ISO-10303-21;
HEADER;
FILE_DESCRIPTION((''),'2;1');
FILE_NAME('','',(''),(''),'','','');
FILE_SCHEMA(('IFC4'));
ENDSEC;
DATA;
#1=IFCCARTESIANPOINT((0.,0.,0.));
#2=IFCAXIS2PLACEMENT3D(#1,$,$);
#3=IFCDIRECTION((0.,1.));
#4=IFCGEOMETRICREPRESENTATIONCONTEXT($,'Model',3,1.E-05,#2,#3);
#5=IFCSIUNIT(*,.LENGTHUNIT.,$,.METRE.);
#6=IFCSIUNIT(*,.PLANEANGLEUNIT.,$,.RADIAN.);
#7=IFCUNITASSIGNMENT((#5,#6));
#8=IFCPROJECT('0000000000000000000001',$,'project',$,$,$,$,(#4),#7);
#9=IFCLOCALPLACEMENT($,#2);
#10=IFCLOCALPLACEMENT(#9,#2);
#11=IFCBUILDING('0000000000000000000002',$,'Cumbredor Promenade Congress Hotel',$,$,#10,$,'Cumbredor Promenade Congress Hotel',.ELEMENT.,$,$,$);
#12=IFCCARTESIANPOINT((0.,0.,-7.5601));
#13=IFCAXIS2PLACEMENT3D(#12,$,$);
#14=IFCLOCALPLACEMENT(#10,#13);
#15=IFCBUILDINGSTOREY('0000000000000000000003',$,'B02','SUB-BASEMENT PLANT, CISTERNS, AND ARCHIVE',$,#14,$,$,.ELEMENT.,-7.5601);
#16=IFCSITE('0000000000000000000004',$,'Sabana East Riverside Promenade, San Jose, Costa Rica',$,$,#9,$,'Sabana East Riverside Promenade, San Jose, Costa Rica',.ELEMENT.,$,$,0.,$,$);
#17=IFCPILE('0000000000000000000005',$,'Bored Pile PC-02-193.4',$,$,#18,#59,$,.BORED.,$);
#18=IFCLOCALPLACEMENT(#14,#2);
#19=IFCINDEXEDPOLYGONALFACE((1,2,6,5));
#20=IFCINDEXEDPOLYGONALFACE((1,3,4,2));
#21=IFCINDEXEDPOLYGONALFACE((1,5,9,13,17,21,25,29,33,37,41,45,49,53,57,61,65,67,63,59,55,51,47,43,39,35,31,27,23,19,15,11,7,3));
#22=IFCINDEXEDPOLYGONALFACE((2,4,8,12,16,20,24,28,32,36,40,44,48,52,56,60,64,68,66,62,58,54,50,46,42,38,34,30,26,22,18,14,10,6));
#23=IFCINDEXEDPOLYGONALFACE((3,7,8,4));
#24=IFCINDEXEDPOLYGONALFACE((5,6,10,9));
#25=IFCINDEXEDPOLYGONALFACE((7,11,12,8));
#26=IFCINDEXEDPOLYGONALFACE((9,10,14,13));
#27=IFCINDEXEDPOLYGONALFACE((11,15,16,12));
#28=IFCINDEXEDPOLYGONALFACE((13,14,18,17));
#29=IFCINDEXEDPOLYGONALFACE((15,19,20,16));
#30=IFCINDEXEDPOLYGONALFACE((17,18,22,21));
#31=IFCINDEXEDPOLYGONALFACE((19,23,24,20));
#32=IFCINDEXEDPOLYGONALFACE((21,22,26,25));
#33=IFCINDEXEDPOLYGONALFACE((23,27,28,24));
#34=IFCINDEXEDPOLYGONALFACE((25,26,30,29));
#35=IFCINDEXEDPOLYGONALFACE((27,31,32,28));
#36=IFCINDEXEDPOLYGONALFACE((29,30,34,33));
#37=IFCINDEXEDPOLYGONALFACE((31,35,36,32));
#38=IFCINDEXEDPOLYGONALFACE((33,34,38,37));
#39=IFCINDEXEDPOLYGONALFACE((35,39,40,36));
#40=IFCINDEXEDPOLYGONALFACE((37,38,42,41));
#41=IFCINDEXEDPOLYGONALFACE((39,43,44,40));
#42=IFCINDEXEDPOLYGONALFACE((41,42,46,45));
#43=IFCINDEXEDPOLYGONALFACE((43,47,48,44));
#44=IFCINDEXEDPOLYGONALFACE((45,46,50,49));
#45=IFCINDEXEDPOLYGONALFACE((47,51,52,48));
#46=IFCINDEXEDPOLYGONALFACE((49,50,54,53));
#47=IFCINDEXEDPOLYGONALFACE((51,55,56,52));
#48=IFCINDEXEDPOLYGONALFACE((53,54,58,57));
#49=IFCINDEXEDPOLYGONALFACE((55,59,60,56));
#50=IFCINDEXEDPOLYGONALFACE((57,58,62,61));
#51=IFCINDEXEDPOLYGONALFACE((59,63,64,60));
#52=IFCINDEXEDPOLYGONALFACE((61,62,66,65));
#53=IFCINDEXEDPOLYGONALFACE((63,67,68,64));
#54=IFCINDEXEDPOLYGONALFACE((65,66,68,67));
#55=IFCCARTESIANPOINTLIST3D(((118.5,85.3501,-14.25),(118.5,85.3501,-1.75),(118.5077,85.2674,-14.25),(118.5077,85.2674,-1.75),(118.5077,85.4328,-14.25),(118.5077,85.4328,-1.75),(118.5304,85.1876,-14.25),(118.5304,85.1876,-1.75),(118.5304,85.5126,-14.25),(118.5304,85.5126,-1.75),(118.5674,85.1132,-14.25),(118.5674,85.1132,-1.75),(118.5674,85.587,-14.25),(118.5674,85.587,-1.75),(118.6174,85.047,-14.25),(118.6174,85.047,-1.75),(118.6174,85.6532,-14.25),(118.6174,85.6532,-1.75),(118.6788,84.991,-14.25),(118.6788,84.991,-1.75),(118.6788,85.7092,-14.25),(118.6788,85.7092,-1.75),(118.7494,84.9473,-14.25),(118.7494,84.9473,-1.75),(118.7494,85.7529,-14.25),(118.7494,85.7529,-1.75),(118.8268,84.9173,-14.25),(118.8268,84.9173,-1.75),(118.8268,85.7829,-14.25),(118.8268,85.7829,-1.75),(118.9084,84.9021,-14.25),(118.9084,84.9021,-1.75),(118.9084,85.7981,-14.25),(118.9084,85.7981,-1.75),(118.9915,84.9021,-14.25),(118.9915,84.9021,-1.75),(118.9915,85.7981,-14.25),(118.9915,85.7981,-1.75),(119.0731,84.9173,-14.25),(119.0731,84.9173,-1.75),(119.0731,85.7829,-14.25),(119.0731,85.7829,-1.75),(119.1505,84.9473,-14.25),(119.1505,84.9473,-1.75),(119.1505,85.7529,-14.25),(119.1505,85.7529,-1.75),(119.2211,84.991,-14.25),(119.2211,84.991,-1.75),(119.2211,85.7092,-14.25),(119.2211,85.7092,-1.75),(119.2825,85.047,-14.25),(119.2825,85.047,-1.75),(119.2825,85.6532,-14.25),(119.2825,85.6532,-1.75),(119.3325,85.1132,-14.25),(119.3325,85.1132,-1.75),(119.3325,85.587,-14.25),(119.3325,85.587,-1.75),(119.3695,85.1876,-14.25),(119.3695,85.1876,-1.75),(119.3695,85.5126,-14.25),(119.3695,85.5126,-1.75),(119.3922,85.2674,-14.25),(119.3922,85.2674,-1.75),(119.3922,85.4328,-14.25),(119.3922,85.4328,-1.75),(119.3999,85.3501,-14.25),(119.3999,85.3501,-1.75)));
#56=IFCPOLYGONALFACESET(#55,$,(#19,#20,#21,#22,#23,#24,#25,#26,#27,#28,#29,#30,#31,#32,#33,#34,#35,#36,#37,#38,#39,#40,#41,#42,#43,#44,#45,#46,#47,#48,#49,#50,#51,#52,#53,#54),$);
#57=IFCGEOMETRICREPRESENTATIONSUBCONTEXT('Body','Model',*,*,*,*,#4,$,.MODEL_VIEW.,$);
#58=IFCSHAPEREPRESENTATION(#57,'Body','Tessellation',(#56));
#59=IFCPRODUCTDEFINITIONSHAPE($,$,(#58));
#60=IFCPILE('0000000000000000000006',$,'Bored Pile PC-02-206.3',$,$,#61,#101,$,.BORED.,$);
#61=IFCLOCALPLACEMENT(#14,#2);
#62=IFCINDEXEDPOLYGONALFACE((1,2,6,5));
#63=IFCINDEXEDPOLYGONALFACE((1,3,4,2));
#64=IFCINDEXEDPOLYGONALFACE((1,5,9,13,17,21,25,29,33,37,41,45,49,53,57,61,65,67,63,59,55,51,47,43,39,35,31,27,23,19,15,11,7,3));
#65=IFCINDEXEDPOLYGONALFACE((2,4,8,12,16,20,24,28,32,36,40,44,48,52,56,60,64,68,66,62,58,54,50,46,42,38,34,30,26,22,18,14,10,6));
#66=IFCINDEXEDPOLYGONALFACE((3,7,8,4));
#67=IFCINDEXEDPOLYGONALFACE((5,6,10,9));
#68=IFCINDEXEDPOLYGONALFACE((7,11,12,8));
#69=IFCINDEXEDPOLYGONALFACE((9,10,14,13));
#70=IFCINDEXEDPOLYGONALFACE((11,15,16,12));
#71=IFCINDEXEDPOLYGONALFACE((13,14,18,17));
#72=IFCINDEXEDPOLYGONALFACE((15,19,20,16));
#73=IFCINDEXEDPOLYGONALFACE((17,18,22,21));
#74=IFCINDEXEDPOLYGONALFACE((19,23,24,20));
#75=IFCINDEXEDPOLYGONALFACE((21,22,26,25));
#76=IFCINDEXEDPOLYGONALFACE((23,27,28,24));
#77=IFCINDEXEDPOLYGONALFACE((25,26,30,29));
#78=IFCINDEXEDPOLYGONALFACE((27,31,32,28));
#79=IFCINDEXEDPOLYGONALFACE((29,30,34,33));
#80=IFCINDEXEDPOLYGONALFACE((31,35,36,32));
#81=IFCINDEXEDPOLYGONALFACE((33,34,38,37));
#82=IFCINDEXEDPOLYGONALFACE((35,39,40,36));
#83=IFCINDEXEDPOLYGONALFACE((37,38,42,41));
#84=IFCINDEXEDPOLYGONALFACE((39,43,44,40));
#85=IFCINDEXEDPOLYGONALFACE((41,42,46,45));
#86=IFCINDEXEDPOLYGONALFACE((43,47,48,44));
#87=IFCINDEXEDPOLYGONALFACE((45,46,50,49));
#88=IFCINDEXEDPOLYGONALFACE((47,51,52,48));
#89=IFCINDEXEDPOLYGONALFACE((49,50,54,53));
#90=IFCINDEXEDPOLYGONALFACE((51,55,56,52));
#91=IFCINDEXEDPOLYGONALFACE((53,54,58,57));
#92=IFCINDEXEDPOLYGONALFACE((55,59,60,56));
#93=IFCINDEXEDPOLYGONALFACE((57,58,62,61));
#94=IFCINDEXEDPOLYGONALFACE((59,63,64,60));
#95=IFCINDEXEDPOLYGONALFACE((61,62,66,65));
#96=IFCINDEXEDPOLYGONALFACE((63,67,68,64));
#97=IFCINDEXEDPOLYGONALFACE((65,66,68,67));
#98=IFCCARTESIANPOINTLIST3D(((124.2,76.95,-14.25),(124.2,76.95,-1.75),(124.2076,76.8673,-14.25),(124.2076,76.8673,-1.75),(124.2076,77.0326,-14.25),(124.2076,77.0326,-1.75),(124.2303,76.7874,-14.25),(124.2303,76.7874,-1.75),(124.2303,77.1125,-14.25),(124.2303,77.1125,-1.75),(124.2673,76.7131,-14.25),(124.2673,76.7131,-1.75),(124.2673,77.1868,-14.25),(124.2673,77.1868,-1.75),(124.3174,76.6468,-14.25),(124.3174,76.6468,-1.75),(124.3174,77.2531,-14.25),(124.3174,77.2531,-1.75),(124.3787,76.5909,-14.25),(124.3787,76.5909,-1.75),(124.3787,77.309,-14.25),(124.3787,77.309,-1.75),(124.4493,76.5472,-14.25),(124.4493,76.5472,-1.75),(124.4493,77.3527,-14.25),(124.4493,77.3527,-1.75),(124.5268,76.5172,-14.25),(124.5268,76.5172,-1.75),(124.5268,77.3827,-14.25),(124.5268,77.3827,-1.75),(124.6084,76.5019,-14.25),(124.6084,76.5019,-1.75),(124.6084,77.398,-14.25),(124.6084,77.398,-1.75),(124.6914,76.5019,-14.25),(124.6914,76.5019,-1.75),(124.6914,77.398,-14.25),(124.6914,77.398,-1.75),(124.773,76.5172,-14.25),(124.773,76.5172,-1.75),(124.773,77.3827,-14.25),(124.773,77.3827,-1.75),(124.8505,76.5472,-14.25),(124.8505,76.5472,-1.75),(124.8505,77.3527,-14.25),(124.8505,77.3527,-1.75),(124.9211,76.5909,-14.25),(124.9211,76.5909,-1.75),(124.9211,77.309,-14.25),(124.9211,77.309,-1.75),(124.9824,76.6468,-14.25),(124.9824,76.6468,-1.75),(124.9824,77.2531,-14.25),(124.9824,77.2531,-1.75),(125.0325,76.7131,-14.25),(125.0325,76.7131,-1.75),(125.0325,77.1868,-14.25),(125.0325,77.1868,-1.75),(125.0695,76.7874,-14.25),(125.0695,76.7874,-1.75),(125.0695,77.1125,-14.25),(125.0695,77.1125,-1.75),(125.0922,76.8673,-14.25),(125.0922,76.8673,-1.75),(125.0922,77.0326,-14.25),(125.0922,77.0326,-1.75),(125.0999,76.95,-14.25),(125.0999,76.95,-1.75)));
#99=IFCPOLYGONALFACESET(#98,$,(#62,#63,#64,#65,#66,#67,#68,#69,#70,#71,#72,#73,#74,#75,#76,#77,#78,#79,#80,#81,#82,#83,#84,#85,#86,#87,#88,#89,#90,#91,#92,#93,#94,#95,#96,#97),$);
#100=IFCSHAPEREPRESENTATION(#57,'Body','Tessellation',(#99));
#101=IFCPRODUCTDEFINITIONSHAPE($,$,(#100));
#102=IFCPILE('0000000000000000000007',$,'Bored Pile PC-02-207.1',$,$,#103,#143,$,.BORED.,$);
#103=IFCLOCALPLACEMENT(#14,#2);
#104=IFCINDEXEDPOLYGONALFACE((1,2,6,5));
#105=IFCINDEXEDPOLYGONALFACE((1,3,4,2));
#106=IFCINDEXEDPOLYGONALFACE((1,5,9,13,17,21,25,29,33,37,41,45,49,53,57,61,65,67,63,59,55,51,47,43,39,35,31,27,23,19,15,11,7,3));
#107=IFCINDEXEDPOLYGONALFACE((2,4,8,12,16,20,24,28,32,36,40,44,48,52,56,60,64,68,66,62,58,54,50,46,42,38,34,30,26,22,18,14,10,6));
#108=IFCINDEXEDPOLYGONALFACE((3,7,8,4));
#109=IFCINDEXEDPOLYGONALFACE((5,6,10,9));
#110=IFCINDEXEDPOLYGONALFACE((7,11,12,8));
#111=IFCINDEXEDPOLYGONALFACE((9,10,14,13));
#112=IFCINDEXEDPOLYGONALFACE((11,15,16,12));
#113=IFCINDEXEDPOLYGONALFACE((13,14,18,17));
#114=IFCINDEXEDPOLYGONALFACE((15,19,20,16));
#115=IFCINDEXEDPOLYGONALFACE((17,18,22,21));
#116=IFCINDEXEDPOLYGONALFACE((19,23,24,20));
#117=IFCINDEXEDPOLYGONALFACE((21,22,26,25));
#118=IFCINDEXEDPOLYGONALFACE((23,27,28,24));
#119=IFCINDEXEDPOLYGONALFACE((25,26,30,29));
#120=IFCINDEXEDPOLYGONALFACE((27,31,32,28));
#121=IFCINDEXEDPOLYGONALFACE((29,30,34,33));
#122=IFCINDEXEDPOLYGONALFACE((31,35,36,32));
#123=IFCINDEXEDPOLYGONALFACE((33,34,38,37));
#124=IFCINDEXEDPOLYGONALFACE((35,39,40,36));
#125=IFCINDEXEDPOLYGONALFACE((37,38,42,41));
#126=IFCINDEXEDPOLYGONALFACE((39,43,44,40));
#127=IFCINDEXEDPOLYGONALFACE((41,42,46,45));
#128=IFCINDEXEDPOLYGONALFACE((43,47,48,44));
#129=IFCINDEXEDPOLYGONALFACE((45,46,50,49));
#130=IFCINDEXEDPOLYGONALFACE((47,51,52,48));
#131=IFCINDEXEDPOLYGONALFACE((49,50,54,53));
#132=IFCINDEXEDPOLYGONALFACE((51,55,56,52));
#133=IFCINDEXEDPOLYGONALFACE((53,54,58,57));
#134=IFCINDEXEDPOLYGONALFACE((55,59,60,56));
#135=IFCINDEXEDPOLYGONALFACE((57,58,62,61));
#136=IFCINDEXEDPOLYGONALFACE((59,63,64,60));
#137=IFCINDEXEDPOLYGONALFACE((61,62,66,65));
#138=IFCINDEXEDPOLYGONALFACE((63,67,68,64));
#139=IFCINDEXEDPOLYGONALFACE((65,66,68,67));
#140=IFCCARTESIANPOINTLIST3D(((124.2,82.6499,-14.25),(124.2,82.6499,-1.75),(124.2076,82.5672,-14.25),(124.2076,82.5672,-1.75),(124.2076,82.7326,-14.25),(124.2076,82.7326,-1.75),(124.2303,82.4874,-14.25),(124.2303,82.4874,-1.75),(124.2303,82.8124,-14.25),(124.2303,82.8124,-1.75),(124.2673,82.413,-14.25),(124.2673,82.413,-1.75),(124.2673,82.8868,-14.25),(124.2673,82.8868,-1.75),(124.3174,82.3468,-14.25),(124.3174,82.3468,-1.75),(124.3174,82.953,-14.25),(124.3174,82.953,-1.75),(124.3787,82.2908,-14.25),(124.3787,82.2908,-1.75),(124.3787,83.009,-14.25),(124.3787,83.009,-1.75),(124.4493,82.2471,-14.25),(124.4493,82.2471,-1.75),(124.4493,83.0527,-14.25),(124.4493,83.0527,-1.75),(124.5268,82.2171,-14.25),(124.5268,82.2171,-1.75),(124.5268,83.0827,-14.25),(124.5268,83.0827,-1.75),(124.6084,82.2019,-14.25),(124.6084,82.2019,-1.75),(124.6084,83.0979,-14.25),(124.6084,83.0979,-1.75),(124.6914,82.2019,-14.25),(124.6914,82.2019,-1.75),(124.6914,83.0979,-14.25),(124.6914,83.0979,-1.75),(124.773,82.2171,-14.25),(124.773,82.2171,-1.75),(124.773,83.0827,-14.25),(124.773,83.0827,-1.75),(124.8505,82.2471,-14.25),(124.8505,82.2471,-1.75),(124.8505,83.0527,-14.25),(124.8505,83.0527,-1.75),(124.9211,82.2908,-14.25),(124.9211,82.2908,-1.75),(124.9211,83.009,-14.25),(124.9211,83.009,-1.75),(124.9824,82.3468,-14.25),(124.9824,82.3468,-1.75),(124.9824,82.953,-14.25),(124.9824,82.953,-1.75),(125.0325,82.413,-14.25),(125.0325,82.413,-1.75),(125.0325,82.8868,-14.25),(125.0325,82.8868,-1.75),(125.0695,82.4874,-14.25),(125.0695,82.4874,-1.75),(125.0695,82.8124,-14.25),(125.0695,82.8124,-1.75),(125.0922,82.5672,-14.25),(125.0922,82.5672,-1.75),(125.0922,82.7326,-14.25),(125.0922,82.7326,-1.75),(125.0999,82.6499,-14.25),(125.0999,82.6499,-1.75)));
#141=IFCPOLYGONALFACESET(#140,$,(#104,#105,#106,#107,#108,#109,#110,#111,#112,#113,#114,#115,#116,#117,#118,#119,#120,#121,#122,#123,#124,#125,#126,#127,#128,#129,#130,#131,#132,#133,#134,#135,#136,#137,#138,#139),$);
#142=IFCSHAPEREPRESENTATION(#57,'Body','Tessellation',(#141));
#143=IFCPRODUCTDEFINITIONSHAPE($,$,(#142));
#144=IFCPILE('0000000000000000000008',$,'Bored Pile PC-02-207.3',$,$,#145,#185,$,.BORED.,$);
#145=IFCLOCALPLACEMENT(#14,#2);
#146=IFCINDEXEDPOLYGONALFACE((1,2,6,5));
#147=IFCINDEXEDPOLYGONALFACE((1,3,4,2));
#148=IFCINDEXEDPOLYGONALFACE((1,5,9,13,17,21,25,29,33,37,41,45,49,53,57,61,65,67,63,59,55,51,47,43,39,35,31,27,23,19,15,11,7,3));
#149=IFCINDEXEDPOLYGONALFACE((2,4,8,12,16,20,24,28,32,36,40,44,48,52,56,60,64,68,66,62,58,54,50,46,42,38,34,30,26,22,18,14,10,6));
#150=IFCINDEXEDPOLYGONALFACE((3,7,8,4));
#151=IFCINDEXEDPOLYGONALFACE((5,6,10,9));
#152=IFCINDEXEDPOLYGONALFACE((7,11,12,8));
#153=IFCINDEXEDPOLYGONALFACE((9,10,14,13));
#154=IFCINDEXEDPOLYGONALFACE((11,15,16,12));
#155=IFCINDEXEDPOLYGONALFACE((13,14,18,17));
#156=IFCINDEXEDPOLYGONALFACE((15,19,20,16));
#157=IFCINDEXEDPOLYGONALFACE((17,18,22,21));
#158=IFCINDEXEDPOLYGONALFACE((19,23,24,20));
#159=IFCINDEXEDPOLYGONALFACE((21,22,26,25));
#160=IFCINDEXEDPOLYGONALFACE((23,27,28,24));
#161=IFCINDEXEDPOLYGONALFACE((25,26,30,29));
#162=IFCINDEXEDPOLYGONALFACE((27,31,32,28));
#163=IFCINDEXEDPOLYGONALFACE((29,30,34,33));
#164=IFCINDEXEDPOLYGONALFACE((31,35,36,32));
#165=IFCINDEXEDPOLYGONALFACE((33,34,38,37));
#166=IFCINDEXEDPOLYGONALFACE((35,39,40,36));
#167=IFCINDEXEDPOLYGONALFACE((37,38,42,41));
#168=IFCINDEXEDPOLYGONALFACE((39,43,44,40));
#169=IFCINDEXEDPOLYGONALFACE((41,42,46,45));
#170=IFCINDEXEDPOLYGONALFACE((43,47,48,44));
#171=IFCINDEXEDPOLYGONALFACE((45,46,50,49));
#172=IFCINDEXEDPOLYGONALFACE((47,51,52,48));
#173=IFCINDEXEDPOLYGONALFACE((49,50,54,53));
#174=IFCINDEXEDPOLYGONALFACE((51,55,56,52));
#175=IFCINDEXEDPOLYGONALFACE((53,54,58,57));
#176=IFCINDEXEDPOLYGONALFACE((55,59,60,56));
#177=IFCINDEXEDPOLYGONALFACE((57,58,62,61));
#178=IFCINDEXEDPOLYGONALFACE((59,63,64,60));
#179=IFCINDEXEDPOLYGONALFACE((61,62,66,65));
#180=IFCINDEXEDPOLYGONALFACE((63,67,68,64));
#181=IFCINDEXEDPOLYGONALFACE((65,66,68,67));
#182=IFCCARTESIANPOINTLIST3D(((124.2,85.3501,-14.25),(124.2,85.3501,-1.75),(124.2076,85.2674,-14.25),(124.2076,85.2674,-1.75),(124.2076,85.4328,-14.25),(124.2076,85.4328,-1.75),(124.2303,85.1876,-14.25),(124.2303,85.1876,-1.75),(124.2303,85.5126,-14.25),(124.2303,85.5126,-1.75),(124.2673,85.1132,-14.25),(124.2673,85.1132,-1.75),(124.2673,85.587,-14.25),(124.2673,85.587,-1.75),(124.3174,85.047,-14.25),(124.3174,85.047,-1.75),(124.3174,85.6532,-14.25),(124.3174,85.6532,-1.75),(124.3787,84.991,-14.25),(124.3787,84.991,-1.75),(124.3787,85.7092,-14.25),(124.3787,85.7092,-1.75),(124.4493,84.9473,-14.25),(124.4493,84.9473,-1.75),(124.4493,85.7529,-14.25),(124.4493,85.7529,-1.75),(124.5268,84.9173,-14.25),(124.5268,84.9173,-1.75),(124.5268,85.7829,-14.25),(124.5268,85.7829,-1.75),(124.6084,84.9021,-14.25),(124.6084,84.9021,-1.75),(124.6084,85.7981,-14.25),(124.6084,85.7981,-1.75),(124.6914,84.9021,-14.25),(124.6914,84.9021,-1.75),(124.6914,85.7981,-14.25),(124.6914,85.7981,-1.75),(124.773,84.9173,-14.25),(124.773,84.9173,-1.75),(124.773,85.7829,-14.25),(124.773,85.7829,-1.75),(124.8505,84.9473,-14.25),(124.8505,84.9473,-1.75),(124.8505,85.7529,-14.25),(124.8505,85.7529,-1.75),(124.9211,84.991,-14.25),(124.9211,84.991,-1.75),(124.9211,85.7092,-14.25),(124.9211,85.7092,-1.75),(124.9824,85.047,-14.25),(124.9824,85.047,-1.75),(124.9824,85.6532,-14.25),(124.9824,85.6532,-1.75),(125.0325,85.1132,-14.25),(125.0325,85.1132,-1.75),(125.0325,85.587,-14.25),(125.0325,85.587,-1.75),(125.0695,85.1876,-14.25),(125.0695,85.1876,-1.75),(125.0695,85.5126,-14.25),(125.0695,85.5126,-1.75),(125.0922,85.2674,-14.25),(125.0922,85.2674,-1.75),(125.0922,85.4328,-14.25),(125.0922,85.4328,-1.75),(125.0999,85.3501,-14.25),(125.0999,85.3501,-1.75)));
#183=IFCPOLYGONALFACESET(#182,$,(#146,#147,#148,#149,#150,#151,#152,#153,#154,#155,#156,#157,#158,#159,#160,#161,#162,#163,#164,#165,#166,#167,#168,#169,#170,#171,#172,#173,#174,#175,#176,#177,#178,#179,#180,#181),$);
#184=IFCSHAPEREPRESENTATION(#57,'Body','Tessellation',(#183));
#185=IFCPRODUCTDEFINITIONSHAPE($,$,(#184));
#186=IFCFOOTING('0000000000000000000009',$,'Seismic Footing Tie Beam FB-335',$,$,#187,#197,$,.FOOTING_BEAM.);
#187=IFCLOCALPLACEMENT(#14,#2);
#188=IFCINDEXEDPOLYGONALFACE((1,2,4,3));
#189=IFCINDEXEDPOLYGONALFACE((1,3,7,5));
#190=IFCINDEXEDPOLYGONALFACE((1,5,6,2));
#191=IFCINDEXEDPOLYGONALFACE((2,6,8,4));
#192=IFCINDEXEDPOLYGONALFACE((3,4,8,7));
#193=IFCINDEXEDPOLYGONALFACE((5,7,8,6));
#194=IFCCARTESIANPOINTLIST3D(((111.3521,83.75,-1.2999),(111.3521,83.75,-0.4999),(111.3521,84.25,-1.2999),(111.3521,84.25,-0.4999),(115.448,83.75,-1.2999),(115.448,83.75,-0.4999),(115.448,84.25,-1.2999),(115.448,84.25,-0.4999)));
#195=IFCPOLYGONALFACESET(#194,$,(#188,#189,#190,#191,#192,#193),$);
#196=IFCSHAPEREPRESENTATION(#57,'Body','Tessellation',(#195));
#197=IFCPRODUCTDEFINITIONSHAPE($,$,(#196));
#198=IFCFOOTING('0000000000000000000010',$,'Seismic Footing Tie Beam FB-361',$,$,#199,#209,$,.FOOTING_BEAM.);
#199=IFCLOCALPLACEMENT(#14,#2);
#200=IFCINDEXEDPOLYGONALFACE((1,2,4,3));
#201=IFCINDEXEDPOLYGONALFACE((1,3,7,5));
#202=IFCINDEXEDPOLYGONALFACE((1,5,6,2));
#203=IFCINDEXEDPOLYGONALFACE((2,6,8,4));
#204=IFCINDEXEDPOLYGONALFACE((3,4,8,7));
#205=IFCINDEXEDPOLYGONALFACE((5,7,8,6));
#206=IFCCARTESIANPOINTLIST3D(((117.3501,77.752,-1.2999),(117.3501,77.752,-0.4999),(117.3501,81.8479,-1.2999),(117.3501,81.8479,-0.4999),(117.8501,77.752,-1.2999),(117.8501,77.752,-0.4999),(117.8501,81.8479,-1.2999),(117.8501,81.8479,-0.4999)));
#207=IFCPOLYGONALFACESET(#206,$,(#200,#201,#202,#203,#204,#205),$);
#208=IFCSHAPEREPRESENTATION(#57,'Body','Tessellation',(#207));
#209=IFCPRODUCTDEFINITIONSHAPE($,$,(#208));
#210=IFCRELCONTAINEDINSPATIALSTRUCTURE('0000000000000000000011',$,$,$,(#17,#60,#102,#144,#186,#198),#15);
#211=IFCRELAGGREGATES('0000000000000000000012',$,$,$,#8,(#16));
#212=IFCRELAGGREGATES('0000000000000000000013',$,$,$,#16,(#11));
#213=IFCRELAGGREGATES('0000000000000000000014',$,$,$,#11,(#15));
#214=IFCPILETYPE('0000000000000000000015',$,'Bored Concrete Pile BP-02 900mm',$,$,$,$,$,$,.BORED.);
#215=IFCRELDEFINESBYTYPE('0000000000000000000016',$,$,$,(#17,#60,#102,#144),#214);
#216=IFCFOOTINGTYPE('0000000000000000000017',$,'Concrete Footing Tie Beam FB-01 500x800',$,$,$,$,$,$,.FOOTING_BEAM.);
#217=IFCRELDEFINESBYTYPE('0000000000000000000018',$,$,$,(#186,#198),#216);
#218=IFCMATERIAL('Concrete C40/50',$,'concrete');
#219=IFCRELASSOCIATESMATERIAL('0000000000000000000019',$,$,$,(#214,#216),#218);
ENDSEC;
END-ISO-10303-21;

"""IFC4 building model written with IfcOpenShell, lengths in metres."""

from ifc_helpers import new_model, si_unit, direction, frame, origin, origin_2d, place, context, subcontext, project, spatial, rectangle, circle, extrude, material, material_profile, profile_set, type_object, element, save


model = new_model("IFC4")

# Units and contexts
model_context = context("Model", 3, precision=1e-05, world=origin(), true_north=direction((0.0, 1.0)))
body_context = subcontext(model_context, "Body", "Model", "MODEL_VIEW")
ifc_project = project(units=[si_unit("LENGTHUNIT", "METRE"), si_unit("PLANEANGLEUNIT", "RADIAN")], contexts=[model_context])

# Site, building, storey
site_placement = place(None, origin())
site = spatial("IfcSite", under=ifc_project, at=site_placement, Name="Sabana East Riverside Promenade, San Jose, Costa Rica", LongName="Sabana East Riverside Promenade, San Jose, Costa Rica", CompositionType="ELEMENT", RefElevation=0.0)
building_placement = place(site_placement, origin())
building = spatial("IfcBuilding", under=site, at=building_placement, Name="Cumbredor Promenade Congress Hotel", LongName="Cumbredor Promenade Congress Hotel", CompositionType="ELEMENT")
storey_placement = place(building_placement, frame((0.0, 0.0, -7.5601)))
storey = spatial("IfcBuildingStorey", under=building, at=storey_placement, Name="B02", Description="SUB-BASEMENT PLANT, CISTERNS, AND ARCHIVE", CompositionType="ELEMENT", Elevation=-7.5601)

# Piles
ifc_material_1 = material(Name="Concrete C40/50", Category="concrete")
ifc_material_profile_1 = material_profile(ifc_material_1, circle(Radius=0.45, at=origin_2d()), Name="PILE D900")
ifc_profile_set_1 = profile_set([ifc_material_profile_1], Name="Concrete C40/50")
pile_type = type_object("IfcPileType", Name="Bored Concrete Pile BP-02 900mm", PredefinedType="BORED", material=ifc_profile_set_1)
for number, where, z_axis, x_axis, name in (
    (1, (118.95, 85.3501, -1.75), (0.0, 0.0, -1.0), (1.0, 0.0, 0.0), "Bored Pile PC-02-193.4"),
    (2, (124.6499, 76.95, -1.75), (0.0, 0.0, -1.0), (1.0, 0.0, 0.0), "Bored Pile PC-02-206.3"),
    (3, (124.6499, 82.6499, -1.75), (0.0, 0.0, -1.0), (1.0, 0.0, 0.0), "Bored Pile PC-02-207.1"),
    (4, (124.6499, 85.3501, -1.75), (0.0, 0.0, -1.0), (1.0, 0.0, 0.0), "Bored Pile PC-02-207.3"),
):
    element("IfcPile", number, at=place(storey_placement, frame(where, z_axis=z_axis, x_axis=x_axis)), inside=storey, type_object=pile_type, Name=name, PredefinedType="BORED", context=body_context, shape_type="SweptSolid", body=[
        extrude(circle(Radius=0.45, at=origin_2d()), origin(), (0.0, 0.0, 1.0), 12.5),
    ])

# Footings
ifc_material_profile_2 = material_profile(ifc_material_1, rectangle(XDim=0.5, YDim=0.8, at=origin_2d()), Name="FB 500x800")
ifc_profile_set_2 = profile_set([ifc_material_profile_2], Name="Concrete C40/50")
footing_type_1 = type_object("IfcFootingType", Name="Concrete Footing Tie Beam FB-01 500x800", PredefinedType="FOOTING_BEAM", material=ifc_profile_set_2)
for number, where, z_axis, x_axis, name in (
    (5, (111.3521, 84.0, -0.8999), (1.0, 0.0, 0.0), (0.0, 1.0, 0.0), "Seismic Footing Tie Beam FB-335"),
    (6, (117.6001, 77.752, -0.8999), (0.0, 1.0, 0.0), (-1.0, 0.0, 0.0), "Seismic Footing Tie Beam FB-361"),
):
    element("IfcFooting", number, at=place(storey_placement, frame(where, z_axis=z_axis, x_axis=x_axis)), inside=storey, type_object=footing_type_1, Name=name, PredefinedType="FOOTING_BEAM", context=body_context, shape_type="SweptSolid", body=[
        extrude(rectangle(XDim=0.5, YDim=0.8, at=origin_2d()), origin(), (0.0, 0.0, 1.0), 4.0959),
    ])

save(model, "model.ifc")
